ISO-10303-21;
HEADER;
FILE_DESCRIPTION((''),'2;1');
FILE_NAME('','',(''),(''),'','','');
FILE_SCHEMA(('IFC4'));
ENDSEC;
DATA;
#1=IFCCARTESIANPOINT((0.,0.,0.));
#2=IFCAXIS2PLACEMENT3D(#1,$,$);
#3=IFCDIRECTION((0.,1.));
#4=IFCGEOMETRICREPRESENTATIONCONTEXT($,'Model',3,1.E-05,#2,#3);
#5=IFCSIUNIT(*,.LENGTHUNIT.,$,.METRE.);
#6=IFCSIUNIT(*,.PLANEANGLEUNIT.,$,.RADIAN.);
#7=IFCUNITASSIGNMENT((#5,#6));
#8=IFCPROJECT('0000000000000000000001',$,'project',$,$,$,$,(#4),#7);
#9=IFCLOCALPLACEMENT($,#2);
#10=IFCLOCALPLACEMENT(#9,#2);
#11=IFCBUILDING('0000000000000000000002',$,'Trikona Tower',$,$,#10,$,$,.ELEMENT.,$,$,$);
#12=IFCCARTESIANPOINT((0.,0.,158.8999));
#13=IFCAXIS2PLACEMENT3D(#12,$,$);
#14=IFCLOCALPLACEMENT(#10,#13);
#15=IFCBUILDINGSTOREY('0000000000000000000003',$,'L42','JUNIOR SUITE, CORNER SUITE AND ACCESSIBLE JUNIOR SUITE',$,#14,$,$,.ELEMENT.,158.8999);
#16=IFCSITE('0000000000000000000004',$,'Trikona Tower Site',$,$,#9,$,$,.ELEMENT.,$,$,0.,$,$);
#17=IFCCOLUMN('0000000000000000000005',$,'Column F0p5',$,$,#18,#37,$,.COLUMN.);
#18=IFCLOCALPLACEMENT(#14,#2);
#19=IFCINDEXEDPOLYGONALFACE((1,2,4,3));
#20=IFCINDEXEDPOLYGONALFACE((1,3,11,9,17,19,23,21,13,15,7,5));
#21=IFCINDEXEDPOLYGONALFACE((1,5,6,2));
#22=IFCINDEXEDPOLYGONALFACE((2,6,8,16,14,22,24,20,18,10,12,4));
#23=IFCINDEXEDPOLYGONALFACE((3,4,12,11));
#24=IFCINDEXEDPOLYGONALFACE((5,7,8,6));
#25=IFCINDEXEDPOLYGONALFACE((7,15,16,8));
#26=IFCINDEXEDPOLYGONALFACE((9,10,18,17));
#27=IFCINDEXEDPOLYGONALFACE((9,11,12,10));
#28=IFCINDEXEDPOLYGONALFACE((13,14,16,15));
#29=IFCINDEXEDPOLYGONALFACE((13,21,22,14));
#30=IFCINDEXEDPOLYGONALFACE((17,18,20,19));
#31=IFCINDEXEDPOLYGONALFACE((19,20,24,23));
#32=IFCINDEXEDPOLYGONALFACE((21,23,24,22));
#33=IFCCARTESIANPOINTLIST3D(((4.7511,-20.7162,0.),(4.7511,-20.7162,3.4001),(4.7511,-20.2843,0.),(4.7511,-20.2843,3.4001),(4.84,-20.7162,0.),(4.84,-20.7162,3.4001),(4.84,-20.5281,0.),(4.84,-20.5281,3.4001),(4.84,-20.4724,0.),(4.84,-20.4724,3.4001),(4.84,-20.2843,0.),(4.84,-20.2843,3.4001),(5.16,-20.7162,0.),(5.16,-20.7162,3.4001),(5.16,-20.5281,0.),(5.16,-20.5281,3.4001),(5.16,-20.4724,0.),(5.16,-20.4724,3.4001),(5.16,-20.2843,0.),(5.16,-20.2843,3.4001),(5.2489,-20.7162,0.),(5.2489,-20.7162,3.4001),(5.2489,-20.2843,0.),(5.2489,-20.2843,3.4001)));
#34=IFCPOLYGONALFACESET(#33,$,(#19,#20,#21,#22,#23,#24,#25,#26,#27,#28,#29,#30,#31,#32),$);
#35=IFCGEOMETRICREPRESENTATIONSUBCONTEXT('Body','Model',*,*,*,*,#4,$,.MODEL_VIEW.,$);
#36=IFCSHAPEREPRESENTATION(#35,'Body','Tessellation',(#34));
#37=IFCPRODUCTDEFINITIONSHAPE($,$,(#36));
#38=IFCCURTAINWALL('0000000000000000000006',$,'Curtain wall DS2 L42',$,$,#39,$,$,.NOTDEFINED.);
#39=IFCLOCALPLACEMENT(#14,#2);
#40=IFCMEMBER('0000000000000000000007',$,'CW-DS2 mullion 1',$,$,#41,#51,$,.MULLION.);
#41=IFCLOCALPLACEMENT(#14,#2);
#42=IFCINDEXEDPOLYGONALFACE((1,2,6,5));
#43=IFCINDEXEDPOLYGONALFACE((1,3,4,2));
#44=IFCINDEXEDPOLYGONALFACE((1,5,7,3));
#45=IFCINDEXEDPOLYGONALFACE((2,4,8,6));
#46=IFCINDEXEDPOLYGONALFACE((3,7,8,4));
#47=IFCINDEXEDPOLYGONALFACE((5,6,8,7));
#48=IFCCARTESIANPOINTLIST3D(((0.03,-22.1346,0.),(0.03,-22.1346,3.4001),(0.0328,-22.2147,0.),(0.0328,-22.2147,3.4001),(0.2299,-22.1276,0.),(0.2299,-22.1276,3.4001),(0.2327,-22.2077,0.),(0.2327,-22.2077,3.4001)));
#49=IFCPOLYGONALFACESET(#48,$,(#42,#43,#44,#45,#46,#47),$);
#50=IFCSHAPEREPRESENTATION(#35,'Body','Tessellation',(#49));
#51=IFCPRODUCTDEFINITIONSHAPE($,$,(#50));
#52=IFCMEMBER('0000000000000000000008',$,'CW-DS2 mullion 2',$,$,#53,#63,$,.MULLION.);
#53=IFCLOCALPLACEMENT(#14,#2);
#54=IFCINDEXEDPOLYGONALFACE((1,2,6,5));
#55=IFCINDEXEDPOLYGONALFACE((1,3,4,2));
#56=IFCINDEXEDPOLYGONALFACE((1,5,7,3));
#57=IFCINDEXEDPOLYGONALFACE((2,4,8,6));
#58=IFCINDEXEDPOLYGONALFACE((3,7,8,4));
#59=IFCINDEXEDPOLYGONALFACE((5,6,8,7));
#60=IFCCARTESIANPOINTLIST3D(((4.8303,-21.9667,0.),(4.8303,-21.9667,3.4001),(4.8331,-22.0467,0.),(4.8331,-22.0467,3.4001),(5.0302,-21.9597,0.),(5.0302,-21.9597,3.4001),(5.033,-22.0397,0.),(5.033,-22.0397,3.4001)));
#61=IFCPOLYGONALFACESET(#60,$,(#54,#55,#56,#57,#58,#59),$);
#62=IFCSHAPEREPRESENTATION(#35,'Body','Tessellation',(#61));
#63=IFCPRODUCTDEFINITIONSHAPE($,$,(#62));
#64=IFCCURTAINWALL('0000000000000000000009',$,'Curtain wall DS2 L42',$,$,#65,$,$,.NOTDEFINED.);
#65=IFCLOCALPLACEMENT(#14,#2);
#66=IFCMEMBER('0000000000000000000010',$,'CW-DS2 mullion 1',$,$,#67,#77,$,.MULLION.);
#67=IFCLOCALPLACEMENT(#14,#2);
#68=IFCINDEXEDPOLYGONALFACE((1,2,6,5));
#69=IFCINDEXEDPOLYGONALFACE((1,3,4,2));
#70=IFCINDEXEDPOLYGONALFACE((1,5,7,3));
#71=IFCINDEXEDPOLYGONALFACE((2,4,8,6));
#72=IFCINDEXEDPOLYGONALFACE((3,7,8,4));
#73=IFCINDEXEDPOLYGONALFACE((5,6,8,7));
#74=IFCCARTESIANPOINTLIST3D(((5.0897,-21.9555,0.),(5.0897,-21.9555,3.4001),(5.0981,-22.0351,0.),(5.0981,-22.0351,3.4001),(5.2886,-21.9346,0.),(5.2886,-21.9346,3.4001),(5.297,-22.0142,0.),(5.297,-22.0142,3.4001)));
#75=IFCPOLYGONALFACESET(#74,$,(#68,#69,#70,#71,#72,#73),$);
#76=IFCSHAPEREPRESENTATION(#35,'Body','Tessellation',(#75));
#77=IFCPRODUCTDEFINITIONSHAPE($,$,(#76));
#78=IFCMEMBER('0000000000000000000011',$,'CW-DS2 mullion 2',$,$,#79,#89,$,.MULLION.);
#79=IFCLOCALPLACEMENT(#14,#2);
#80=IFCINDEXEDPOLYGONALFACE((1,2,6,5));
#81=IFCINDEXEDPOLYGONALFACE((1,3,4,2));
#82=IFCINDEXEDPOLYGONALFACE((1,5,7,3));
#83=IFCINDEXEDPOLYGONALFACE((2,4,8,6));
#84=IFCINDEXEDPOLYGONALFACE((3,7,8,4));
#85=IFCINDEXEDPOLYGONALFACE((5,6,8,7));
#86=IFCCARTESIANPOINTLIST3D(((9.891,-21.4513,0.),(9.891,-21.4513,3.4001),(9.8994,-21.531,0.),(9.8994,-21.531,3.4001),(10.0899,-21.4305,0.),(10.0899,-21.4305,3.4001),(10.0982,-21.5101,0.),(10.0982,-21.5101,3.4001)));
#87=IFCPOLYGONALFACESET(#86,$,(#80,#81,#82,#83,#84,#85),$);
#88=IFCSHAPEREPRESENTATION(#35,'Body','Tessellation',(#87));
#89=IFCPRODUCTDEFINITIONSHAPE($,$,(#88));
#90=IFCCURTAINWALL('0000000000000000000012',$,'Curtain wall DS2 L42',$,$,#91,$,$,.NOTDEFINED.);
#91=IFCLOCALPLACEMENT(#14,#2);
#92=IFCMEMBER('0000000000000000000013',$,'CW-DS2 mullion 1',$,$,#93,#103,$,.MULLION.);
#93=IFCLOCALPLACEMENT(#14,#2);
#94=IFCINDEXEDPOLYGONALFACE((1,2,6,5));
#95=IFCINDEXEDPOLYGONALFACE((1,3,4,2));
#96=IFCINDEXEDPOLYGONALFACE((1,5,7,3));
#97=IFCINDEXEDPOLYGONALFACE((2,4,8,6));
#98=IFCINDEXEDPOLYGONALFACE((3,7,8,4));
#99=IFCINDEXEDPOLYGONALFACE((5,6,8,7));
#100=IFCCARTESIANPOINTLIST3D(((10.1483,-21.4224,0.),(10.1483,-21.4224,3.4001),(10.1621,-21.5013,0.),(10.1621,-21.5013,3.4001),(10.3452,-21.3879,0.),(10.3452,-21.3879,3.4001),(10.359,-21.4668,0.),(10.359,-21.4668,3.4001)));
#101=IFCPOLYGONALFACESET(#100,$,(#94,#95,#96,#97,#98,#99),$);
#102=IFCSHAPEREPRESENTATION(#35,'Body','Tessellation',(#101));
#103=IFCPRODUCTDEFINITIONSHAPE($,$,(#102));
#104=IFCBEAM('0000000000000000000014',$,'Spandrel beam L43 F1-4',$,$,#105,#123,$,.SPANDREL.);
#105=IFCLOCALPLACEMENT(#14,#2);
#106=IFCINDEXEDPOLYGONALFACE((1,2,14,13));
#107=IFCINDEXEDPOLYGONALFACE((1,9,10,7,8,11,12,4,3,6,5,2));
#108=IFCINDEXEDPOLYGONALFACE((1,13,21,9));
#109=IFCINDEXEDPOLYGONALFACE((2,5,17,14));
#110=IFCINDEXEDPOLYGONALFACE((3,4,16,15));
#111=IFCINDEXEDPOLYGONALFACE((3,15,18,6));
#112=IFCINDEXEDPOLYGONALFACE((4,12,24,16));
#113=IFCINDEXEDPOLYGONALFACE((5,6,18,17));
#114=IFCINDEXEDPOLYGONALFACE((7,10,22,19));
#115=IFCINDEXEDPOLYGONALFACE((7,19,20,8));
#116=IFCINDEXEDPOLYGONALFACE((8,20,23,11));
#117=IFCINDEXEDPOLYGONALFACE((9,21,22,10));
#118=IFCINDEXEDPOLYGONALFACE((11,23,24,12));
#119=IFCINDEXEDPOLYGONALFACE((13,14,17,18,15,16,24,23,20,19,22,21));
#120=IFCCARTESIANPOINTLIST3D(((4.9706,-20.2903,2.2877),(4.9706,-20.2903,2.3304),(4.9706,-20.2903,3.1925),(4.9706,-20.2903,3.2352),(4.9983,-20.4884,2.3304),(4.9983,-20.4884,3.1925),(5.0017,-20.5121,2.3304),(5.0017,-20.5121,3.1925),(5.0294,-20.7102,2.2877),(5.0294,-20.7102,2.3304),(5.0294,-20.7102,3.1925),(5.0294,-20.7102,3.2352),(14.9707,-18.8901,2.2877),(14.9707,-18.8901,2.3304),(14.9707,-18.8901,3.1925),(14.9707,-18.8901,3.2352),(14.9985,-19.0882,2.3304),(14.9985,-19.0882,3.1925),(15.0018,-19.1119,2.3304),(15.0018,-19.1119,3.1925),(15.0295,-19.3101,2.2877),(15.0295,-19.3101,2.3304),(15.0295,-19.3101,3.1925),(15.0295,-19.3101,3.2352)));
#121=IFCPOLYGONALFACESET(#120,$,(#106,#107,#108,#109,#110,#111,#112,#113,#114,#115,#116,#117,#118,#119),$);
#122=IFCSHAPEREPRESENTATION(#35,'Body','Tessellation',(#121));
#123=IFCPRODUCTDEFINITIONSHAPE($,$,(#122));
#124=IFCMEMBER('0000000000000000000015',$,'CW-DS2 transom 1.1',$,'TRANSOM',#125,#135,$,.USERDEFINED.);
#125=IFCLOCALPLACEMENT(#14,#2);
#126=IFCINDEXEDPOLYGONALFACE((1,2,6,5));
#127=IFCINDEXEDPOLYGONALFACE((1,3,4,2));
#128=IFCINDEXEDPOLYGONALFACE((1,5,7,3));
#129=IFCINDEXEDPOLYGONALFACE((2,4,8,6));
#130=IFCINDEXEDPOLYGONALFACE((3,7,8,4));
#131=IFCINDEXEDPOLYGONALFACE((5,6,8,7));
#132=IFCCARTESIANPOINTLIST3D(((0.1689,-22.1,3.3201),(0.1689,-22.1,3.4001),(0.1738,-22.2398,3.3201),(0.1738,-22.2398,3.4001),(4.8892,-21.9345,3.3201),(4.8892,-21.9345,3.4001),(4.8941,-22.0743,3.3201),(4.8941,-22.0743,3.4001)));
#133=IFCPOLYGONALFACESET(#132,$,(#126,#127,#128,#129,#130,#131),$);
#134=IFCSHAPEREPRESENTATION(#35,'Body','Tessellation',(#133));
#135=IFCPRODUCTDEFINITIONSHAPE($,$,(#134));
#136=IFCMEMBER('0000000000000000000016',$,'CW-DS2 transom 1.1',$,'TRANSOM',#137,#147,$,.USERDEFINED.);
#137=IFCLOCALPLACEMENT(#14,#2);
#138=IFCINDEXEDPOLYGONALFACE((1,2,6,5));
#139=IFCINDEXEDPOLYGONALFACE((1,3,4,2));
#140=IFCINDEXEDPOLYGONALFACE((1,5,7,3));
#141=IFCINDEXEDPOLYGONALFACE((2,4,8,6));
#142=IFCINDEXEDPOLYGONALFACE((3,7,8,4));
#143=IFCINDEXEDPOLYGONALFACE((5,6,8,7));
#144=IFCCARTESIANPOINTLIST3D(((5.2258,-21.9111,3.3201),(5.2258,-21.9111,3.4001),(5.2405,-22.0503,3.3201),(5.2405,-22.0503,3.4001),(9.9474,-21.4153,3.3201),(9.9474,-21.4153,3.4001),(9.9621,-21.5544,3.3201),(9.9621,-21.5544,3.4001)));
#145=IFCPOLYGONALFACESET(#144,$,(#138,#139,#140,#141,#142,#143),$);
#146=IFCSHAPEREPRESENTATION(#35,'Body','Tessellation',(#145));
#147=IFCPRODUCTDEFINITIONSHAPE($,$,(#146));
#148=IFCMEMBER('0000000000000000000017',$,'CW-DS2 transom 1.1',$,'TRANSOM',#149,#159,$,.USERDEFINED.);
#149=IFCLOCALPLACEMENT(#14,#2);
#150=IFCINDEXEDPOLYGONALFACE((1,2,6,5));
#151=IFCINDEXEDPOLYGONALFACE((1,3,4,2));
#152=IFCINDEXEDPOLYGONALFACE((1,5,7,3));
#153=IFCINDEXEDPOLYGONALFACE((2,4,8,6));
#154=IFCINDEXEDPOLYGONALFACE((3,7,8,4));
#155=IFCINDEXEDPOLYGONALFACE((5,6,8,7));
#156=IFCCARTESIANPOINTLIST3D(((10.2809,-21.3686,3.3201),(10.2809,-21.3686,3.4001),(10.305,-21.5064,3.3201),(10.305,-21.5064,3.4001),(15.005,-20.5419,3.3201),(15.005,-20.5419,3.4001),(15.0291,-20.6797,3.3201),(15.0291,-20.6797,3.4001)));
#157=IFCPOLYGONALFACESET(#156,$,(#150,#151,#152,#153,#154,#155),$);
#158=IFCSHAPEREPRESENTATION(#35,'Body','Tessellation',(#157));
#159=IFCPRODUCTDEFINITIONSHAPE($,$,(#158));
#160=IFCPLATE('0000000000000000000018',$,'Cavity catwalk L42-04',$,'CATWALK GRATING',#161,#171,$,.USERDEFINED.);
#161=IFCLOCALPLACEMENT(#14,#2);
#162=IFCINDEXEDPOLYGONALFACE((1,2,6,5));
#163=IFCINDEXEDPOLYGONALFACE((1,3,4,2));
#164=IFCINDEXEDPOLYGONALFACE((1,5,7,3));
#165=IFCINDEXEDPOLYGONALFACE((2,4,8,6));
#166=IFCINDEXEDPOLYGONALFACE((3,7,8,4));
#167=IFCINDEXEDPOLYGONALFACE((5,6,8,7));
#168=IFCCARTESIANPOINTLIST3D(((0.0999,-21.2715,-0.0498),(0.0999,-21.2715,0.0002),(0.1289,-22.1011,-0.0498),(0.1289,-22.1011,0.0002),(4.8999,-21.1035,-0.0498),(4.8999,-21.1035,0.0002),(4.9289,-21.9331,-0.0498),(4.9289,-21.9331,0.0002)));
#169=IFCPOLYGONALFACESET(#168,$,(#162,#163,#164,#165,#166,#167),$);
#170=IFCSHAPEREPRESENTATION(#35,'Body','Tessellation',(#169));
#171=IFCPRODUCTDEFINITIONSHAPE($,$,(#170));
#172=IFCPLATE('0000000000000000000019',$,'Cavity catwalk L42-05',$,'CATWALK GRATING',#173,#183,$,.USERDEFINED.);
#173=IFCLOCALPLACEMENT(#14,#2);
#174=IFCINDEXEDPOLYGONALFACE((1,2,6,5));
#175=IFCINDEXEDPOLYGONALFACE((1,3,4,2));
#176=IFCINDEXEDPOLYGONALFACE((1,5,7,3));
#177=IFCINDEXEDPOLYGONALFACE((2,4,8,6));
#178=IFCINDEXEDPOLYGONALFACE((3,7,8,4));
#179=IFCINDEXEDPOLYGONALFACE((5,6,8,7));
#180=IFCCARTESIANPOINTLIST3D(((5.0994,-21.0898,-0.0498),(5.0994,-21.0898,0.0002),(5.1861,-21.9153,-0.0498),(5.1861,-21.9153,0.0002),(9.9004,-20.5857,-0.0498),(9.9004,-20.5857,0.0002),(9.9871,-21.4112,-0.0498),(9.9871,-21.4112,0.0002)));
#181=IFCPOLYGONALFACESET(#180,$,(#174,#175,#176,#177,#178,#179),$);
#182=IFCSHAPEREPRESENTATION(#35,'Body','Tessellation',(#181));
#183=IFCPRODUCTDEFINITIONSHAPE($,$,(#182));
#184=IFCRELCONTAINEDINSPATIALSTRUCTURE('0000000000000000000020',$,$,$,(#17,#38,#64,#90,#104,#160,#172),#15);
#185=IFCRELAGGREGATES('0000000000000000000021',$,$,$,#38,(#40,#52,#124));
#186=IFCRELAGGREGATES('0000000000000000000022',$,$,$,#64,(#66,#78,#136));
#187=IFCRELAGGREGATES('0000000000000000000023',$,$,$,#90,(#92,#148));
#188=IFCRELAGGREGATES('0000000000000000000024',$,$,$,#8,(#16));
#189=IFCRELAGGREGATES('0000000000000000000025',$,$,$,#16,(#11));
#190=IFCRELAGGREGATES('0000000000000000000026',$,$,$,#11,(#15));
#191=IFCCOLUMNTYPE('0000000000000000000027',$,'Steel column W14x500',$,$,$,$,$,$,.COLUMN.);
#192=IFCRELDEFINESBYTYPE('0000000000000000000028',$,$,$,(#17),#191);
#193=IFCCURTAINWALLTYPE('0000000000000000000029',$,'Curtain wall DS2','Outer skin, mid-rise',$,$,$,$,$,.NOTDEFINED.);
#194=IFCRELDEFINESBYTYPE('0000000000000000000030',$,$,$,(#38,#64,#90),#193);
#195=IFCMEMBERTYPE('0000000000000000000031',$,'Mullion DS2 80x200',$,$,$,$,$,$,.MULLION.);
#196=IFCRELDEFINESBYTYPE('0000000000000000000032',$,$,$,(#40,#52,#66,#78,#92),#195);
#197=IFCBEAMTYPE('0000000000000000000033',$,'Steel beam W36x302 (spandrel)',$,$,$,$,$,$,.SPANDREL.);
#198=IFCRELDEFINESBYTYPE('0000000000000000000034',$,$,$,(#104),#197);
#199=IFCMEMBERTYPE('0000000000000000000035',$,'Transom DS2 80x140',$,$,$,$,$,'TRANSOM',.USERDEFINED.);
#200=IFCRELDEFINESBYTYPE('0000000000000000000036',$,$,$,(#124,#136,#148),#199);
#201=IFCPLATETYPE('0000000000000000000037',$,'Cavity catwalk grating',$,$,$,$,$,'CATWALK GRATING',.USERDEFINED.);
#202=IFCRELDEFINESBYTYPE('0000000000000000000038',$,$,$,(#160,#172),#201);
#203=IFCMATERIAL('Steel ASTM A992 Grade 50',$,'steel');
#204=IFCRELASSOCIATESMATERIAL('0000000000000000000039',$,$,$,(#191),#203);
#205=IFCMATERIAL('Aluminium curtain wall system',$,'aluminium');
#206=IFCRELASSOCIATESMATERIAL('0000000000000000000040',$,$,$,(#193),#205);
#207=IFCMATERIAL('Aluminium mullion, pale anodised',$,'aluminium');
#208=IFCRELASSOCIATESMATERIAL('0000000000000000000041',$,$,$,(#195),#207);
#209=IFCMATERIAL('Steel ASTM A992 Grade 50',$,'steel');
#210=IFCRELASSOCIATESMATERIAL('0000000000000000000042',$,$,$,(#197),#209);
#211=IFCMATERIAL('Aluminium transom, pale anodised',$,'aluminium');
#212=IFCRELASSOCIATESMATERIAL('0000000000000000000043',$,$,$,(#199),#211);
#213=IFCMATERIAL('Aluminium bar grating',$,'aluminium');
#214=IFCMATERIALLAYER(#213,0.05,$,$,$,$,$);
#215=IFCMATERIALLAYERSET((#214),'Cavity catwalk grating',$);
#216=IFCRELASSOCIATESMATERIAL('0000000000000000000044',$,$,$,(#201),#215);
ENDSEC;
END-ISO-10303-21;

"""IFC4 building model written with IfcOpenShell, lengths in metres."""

from ifc_helpers import new_model, si_unit, direction, frame, origin, origin_2d, place, context, subcontext, project, spatial, rectangle, i_section, extrude, material, layer, layer_set, material_profile, profile_set, type_object, element, aggregate, save


model = new_model("IFC4")

# Units and contexts
model_context = context("Model", 3, precision=1e-05, world=origin(), true_north=direction((0.0, 1.0)))
body_context = subcontext(model_context, "Body", "Model", "MODEL_VIEW")
ifc_project = project(units=[si_unit("LENGTHUNIT", "METRE"), si_unit("PLANEANGLEUNIT", "RADIAN")], contexts=[model_context])

# Site, building, storey
site_placement = place(None, origin())
site = spatial("IfcSite", under=ifc_project, at=site_placement, Name="Trikona Tower Site", CompositionType="ELEMENT", RefElevation=0.0)
building_placement = place(site_placement, origin())
building = spatial("IfcBuilding", under=site, at=building_placement, Name="Trikona Tower", CompositionType="ELEMENT")
storey_placement = place(building_placement, frame((0.0, 0.0, 158.8999)))
storey = spatial("IfcBuildingStorey", under=building, at=storey_placement, Name="L42", Description="JUNIOR SUITE, CORNER SUITE AND ACCESSIBLE JUNIOR SUITE", CompositionType="ELEMENT", Elevation=158.8999)

# Column
ifc_material_1 = material(Name="Steel ASTM A992 Grade 50", Category="steel")
ifc_material_profile_1 = material_profile(ifc_material_1, i_section(OverallWidth=0.4319, OverallDepth=0.4978, WebThickness=0.0557, FlangeThickness=0.0889, at=origin_2d()), Name="W14X500")
ifc_profile_set_1 = profile_set([ifc_material_profile_1], Name="Steel ASTM A992 Grade 50")
column_type = type_object("IfcColumnType", Name="Steel column W14x500", PredefinedType="COLUMN", material=ifc_profile_set_1)
column_placement = place(storey_placement, frame((5.0, -20.5002, 0.0), z_axis=(0.0, 0.0, 1.0), x_axis=(0.0, -1.0, 0.0)))
element("IfcColumn", 1, at=column_placement, inside=storey, type_object=column_type, Name="Column F0p5", PredefinedType="COLUMN", context=body_context, shape_type="SweptSolid", body=[
    extrude(i_section(OverallWidth=0.4319, OverallDepth=0.4978, WebThickness=0.0557, FlangeThickness=0.0889, at=origin_2d()), origin(), (0.0, 0.0, 1.0), 3.4001),
])

# Curtain walls, members
ifc_material_2 = material(Name="Aluminium curtain wall system", Category="aluminium")
curtain_wall_type = type_object("IfcCurtainWallType", Name="Curtain wall DS2", Description="Outer skin, mid-rise", PredefinedType="NOTDEFINED", material=ifc_material_2)
curtain_wall_1_placement = place(storey_placement, origin())
curtain_wall_1 = element("IfcCurtainWall", 2, at=curtain_wall_1_placement, inside=storey, type_object=curtain_wall_type, Name="Curtain wall DS2 L42", PredefinedType="NOTDEFINED")
ifc_material_3 = material(Name="Aluminium mullion, pale anodised", Category="aluminium")
ifc_material_profile_2 = material_profile(ifc_material_3, rectangle(XDim=0.0801, YDim=0.2, at=origin_2d()), Name="MUL-DS2")
ifc_profile_set_2 = profile_set([ifc_material_profile_2], Name="Aluminium mullion, pale anodised")
member_type_1 = type_object("IfcMemberType", Name="Mullion DS2 80x200", PredefinedType="MULLION", material=ifc_profile_set_2)
member_1_placement = place(storey_placement, frame((0.1313, -22.1711, 0.0), z_axis=(0.0, 0.0, 1.0), x_axis=(-0.034998, 0.999387, 0.0)))
member_1 = element("IfcMember", 3, at=member_1_placement, type_object=member_type_1, Name="CW-DS2 mullion 1", PredefinedType="MULLION", context=body_context, shape_type="SweptSolid", body=[
    extrude(rectangle(XDim=0.0801, YDim=0.2, at=origin_2d()), origin(), (0.0, 0.0, 1.0), 3.4001),
])
member_2_placement = place(storey_placement, frame((4.9316, -22.0032, 0.0), z_axis=(0.0, 0.0, 1.0), x_axis=(-0.034998, 0.999387, 0.0)))
member_2 = element("IfcMember", 4, at=member_2_placement, type_object=member_type_1, Name="CW-DS2 mullion 2", PredefinedType="MULLION", context=body_context, shape_type="SweptSolid", body=[
    extrude(rectangle(XDim=0.0801, YDim=0.2, at=origin_2d()), origin(), (0.0, 0.0, 1.0), 3.4001),
])
curtain_wall_2_placement = place(storey_placement, origin())
curtain_wall_2 = element("IfcCurtainWall", 5, at=curtain_wall_2_placement, inside=storey, type_object=curtain_wall_type, Name="Curtain wall DS2 L42", PredefinedType="NOTDEFINED")
member_3_placement = place(storey_placement, frame((5.1934, -21.9849, 0.0), z_axis=(0.0, 0.0, 1.0), x_axis=(-0.104433, 0.994532, 0.0)))
member_3 = element("IfcMember", 6, at=member_3_placement, type_object=member_type_1, Name="CW-DS2 mullion 1", PredefinedType="MULLION", context=body_context, shape_type="SweptSolid", body=[
    extrude(rectangle(XDim=0.0801, YDim=0.2, at=origin_2d()), origin(), (0.0, 0.0, 1.0), 3.4001),
])
member_4_placement = place(storey_placement, frame((9.9946, -21.4807, 0.0), z_axis=(0.0, 0.0, 1.0), x_axis=(-0.104433, 0.994532, 0.0)))
member_4 = element("IfcMember", 7, at=member_4_placement, type_object=member_type_1, Name="CW-DS2 mullion 2", PredefinedType="MULLION", context=body_context, shape_type="SweptSolid", body=[
    extrude(rectangle(XDim=0.0801, YDim=0.2, at=origin_2d()), origin(), (0.0, 0.0, 1.0), 3.4001),
])

# Curtain wall, member
curtain_wall_3_placement = place(storey_placement, origin())
curtain_wall_3 = element("IfcCurtainWall", 8, at=curtain_wall_3_placement, inside=storey, type_object=curtain_wall_type, Name="Curtain wall DS2 L42", PredefinedType="NOTDEFINED")
member_5_placement = place(storey_placement, frame((10.2537, -21.4446, 0.0), z_axis=(0.0, 0.0, 1.0), x_axis=(-0.172377, 0.985031, 0.0)))
member_5 = element("IfcMember", 9, at=member_5_placement, type_object=member_type_1, Name="CW-DS2 mullion 1", PredefinedType="MULLION", context=body_context, shape_type="SweptSolid", body=[
    extrude(rectangle(XDim=0.0801, YDim=0.2, at=origin_2d()), origin(), (0.0, 0.0, 1.0), 3.4001),
])

# Beam
ifc_material_4 = material(Name="Steel ASTM A992 Grade 50", Category="steel")
ifc_material_profile_3 = material_profile(ifc_material_4, i_section(OverallWidth=0.4241, OverallDepth=0.9475, WebThickness=0.0239, FlangeThickness=0.0427, at=origin_2d()), Name="W36X302")
ifc_profile_set_3 = profile_set([ifc_material_profile_3], Name="Steel ASTM A992 Grade 50")
beam_type = type_object("IfcBeamType", Name="Steel beam W36x302 (spandrel)", PredefinedType="SPANDREL", material=ifc_profile_set_3)
beam_placement = place(storey_placement, frame((5.0, -20.5002, 2.7615), z_axis=(0.99034, 0.138662, 0.0), x_axis=(-0.138662, 0.99034, 0.0)))
element("IfcBeam", 10, at=beam_placement, inside=storey, type_object=beam_type, Name="Spandrel beam L43 F1-4", PredefinedType="SPANDREL", context=body_context, shape_type="SweptSolid", body=[
    extrude(i_section(OverallWidth=0.4241, OverallDepth=0.9475, WebThickness=0.0239, FlangeThickness=0.0427, at=origin_2d()), origin(), (0.0, 0.0, 1.0), 10.0977),
])

# Members
ifc_material_5 = material(Name="Aluminium transom, pale anodised", Category="aluminium")
ifc_material_profile_4 = material_profile(ifc_material_5, rectangle(XDim=0.1399, YDim=0.0801, at=origin_2d()), Name="TRN-DS2")
ifc_profile_set_4 = profile_set([ifc_material_profile_4], Name="Aluminium transom, pale anodised")
member_type_2 = type_object("IfcMemberType", Name="Transom DS2 80x140", ElementType="TRANSOM", PredefinedType="USERDEFINED", material=ifc_profile_set_4)
member_6_placement = place(storey_placement, frame((0.1714, -22.1699, 3.3601), z_axis=(0.999386, 0.035046, 0.0), x_axis=(-0.035046, 0.999386, 0.0)))
member_6 = element("IfcMember", 11, at=member_6_placement, type_object=member_type_2, Name="CW-DS2 transom 1.1", ObjectType="TRANSOM", PredefinedType="USERDEFINED", context=body_context, shape_type="SweptSolid", body=[
    extrude(rectangle(XDim=0.1399, YDim=0.0801, at=origin_2d()), origin(), (0.0, 0.0, 1.0), 4.7231),
])
member_7_placement = place(storey_placement, frame((5.2332, -21.9807, 3.3601), z_axis=(0.994531, 0.104441, 0.0), x_axis=(-0.104441, 0.994531, 0.0)))
member_7 = element("IfcMember", 12, at=member_7_placement, type_object=member_type_2, Name="CW-DS2 transom 1.1", ObjectType="TRANSOM", PredefinedType="USERDEFINED", context=body_context, shape_type="SweptSolid", body=[
    extrude(rectangle(XDim=0.1399, YDim=0.0801, at=origin_2d()), origin(), (0.0, 0.0, 1.0), 4.7476),
])
member_8_placement = place(storey_placement, frame((10.293, -21.4375, 3.3601), z_axis=(0.985033, 0.172368, 0.0), x_axis=(-0.172368, 0.985033, 0.0)))
member_8 = element("IfcMember", 13, at=member_8_placement, type_object=member_type_2, Name="CW-DS2 transom 1.1", ObjectType="TRANSOM", PredefinedType="USERDEFINED", context=body_context, shape_type="SweptSolid", body=[
    extrude(rectangle(XDim=0.1399, YDim=0.0801, at=origin_2d()), origin(), (0.0, 0.0, 1.0), 4.7959),
])

# Plates
ifc_material_6 = material(Name="Aluminium bar grating", Category="aluminium")
ifc_layer_1 = layer(ifc_material_6, 0.05)
ifc_layer_set_1 = layer_set([ifc_layer_1], Name="Cavity catwalk grating")
plate_type_1 = type_object("IfcPlateType", Name="Cavity catwalk grating", ElementType="CATWALK GRATING", PredefinedType="USERDEFINED", material=ifc_layer_set_1)
plate_1_placement = place(storey_placement, frame((2.5144, -21.6023, -0.0498), z_axis=(0.0, 0.0, 1.0), x_axis=(0.999388, 0.034978, 0.0)))
element("IfcPlate", 14, at=plate_1_placement, inside=storey, type_object=plate_type_1, Name="Cavity catwalk L42-04", ObjectType="CATWALK GRATING", PredefinedType="USERDEFINED", context=body_context, shape_type="SweptSolid", body=[
    extrude(rectangle(XDim=4.803, YDim=0.8301, at=origin_2d()), origin(), (0.0, 0.0, 1.0), 0.05),
])
plate_2_placement = place(storey_placement, frame((7.5432, -21.2505, -0.0498), z_axis=(0.0, 0.0, 1.0), x_axis=(0.994533, 0.104426, 0.0)))
element("IfcPlate", 15, at=plate_2_placement, inside=storey, type_object=plate_type_1, Name="Cavity catwalk L42-05", ObjectType="CATWALK GRATING", PredefinedType="USERDEFINED", context=body_context, shape_type="SweptSolid", body=[
    extrude(rectangle(XDim=4.8274, YDim=0.8301, at=origin_2d()), origin(), (0.0, 0.0, 1.0), 0.05),
])

aggregate(curtain_wall_1, [member_1, member_2, member_6])
aggregate(curtain_wall_2, [member_3, member_4, member_7])
aggregate(curtain_wall_3, [member_5, member_8])

save(model, "model.ifc")
